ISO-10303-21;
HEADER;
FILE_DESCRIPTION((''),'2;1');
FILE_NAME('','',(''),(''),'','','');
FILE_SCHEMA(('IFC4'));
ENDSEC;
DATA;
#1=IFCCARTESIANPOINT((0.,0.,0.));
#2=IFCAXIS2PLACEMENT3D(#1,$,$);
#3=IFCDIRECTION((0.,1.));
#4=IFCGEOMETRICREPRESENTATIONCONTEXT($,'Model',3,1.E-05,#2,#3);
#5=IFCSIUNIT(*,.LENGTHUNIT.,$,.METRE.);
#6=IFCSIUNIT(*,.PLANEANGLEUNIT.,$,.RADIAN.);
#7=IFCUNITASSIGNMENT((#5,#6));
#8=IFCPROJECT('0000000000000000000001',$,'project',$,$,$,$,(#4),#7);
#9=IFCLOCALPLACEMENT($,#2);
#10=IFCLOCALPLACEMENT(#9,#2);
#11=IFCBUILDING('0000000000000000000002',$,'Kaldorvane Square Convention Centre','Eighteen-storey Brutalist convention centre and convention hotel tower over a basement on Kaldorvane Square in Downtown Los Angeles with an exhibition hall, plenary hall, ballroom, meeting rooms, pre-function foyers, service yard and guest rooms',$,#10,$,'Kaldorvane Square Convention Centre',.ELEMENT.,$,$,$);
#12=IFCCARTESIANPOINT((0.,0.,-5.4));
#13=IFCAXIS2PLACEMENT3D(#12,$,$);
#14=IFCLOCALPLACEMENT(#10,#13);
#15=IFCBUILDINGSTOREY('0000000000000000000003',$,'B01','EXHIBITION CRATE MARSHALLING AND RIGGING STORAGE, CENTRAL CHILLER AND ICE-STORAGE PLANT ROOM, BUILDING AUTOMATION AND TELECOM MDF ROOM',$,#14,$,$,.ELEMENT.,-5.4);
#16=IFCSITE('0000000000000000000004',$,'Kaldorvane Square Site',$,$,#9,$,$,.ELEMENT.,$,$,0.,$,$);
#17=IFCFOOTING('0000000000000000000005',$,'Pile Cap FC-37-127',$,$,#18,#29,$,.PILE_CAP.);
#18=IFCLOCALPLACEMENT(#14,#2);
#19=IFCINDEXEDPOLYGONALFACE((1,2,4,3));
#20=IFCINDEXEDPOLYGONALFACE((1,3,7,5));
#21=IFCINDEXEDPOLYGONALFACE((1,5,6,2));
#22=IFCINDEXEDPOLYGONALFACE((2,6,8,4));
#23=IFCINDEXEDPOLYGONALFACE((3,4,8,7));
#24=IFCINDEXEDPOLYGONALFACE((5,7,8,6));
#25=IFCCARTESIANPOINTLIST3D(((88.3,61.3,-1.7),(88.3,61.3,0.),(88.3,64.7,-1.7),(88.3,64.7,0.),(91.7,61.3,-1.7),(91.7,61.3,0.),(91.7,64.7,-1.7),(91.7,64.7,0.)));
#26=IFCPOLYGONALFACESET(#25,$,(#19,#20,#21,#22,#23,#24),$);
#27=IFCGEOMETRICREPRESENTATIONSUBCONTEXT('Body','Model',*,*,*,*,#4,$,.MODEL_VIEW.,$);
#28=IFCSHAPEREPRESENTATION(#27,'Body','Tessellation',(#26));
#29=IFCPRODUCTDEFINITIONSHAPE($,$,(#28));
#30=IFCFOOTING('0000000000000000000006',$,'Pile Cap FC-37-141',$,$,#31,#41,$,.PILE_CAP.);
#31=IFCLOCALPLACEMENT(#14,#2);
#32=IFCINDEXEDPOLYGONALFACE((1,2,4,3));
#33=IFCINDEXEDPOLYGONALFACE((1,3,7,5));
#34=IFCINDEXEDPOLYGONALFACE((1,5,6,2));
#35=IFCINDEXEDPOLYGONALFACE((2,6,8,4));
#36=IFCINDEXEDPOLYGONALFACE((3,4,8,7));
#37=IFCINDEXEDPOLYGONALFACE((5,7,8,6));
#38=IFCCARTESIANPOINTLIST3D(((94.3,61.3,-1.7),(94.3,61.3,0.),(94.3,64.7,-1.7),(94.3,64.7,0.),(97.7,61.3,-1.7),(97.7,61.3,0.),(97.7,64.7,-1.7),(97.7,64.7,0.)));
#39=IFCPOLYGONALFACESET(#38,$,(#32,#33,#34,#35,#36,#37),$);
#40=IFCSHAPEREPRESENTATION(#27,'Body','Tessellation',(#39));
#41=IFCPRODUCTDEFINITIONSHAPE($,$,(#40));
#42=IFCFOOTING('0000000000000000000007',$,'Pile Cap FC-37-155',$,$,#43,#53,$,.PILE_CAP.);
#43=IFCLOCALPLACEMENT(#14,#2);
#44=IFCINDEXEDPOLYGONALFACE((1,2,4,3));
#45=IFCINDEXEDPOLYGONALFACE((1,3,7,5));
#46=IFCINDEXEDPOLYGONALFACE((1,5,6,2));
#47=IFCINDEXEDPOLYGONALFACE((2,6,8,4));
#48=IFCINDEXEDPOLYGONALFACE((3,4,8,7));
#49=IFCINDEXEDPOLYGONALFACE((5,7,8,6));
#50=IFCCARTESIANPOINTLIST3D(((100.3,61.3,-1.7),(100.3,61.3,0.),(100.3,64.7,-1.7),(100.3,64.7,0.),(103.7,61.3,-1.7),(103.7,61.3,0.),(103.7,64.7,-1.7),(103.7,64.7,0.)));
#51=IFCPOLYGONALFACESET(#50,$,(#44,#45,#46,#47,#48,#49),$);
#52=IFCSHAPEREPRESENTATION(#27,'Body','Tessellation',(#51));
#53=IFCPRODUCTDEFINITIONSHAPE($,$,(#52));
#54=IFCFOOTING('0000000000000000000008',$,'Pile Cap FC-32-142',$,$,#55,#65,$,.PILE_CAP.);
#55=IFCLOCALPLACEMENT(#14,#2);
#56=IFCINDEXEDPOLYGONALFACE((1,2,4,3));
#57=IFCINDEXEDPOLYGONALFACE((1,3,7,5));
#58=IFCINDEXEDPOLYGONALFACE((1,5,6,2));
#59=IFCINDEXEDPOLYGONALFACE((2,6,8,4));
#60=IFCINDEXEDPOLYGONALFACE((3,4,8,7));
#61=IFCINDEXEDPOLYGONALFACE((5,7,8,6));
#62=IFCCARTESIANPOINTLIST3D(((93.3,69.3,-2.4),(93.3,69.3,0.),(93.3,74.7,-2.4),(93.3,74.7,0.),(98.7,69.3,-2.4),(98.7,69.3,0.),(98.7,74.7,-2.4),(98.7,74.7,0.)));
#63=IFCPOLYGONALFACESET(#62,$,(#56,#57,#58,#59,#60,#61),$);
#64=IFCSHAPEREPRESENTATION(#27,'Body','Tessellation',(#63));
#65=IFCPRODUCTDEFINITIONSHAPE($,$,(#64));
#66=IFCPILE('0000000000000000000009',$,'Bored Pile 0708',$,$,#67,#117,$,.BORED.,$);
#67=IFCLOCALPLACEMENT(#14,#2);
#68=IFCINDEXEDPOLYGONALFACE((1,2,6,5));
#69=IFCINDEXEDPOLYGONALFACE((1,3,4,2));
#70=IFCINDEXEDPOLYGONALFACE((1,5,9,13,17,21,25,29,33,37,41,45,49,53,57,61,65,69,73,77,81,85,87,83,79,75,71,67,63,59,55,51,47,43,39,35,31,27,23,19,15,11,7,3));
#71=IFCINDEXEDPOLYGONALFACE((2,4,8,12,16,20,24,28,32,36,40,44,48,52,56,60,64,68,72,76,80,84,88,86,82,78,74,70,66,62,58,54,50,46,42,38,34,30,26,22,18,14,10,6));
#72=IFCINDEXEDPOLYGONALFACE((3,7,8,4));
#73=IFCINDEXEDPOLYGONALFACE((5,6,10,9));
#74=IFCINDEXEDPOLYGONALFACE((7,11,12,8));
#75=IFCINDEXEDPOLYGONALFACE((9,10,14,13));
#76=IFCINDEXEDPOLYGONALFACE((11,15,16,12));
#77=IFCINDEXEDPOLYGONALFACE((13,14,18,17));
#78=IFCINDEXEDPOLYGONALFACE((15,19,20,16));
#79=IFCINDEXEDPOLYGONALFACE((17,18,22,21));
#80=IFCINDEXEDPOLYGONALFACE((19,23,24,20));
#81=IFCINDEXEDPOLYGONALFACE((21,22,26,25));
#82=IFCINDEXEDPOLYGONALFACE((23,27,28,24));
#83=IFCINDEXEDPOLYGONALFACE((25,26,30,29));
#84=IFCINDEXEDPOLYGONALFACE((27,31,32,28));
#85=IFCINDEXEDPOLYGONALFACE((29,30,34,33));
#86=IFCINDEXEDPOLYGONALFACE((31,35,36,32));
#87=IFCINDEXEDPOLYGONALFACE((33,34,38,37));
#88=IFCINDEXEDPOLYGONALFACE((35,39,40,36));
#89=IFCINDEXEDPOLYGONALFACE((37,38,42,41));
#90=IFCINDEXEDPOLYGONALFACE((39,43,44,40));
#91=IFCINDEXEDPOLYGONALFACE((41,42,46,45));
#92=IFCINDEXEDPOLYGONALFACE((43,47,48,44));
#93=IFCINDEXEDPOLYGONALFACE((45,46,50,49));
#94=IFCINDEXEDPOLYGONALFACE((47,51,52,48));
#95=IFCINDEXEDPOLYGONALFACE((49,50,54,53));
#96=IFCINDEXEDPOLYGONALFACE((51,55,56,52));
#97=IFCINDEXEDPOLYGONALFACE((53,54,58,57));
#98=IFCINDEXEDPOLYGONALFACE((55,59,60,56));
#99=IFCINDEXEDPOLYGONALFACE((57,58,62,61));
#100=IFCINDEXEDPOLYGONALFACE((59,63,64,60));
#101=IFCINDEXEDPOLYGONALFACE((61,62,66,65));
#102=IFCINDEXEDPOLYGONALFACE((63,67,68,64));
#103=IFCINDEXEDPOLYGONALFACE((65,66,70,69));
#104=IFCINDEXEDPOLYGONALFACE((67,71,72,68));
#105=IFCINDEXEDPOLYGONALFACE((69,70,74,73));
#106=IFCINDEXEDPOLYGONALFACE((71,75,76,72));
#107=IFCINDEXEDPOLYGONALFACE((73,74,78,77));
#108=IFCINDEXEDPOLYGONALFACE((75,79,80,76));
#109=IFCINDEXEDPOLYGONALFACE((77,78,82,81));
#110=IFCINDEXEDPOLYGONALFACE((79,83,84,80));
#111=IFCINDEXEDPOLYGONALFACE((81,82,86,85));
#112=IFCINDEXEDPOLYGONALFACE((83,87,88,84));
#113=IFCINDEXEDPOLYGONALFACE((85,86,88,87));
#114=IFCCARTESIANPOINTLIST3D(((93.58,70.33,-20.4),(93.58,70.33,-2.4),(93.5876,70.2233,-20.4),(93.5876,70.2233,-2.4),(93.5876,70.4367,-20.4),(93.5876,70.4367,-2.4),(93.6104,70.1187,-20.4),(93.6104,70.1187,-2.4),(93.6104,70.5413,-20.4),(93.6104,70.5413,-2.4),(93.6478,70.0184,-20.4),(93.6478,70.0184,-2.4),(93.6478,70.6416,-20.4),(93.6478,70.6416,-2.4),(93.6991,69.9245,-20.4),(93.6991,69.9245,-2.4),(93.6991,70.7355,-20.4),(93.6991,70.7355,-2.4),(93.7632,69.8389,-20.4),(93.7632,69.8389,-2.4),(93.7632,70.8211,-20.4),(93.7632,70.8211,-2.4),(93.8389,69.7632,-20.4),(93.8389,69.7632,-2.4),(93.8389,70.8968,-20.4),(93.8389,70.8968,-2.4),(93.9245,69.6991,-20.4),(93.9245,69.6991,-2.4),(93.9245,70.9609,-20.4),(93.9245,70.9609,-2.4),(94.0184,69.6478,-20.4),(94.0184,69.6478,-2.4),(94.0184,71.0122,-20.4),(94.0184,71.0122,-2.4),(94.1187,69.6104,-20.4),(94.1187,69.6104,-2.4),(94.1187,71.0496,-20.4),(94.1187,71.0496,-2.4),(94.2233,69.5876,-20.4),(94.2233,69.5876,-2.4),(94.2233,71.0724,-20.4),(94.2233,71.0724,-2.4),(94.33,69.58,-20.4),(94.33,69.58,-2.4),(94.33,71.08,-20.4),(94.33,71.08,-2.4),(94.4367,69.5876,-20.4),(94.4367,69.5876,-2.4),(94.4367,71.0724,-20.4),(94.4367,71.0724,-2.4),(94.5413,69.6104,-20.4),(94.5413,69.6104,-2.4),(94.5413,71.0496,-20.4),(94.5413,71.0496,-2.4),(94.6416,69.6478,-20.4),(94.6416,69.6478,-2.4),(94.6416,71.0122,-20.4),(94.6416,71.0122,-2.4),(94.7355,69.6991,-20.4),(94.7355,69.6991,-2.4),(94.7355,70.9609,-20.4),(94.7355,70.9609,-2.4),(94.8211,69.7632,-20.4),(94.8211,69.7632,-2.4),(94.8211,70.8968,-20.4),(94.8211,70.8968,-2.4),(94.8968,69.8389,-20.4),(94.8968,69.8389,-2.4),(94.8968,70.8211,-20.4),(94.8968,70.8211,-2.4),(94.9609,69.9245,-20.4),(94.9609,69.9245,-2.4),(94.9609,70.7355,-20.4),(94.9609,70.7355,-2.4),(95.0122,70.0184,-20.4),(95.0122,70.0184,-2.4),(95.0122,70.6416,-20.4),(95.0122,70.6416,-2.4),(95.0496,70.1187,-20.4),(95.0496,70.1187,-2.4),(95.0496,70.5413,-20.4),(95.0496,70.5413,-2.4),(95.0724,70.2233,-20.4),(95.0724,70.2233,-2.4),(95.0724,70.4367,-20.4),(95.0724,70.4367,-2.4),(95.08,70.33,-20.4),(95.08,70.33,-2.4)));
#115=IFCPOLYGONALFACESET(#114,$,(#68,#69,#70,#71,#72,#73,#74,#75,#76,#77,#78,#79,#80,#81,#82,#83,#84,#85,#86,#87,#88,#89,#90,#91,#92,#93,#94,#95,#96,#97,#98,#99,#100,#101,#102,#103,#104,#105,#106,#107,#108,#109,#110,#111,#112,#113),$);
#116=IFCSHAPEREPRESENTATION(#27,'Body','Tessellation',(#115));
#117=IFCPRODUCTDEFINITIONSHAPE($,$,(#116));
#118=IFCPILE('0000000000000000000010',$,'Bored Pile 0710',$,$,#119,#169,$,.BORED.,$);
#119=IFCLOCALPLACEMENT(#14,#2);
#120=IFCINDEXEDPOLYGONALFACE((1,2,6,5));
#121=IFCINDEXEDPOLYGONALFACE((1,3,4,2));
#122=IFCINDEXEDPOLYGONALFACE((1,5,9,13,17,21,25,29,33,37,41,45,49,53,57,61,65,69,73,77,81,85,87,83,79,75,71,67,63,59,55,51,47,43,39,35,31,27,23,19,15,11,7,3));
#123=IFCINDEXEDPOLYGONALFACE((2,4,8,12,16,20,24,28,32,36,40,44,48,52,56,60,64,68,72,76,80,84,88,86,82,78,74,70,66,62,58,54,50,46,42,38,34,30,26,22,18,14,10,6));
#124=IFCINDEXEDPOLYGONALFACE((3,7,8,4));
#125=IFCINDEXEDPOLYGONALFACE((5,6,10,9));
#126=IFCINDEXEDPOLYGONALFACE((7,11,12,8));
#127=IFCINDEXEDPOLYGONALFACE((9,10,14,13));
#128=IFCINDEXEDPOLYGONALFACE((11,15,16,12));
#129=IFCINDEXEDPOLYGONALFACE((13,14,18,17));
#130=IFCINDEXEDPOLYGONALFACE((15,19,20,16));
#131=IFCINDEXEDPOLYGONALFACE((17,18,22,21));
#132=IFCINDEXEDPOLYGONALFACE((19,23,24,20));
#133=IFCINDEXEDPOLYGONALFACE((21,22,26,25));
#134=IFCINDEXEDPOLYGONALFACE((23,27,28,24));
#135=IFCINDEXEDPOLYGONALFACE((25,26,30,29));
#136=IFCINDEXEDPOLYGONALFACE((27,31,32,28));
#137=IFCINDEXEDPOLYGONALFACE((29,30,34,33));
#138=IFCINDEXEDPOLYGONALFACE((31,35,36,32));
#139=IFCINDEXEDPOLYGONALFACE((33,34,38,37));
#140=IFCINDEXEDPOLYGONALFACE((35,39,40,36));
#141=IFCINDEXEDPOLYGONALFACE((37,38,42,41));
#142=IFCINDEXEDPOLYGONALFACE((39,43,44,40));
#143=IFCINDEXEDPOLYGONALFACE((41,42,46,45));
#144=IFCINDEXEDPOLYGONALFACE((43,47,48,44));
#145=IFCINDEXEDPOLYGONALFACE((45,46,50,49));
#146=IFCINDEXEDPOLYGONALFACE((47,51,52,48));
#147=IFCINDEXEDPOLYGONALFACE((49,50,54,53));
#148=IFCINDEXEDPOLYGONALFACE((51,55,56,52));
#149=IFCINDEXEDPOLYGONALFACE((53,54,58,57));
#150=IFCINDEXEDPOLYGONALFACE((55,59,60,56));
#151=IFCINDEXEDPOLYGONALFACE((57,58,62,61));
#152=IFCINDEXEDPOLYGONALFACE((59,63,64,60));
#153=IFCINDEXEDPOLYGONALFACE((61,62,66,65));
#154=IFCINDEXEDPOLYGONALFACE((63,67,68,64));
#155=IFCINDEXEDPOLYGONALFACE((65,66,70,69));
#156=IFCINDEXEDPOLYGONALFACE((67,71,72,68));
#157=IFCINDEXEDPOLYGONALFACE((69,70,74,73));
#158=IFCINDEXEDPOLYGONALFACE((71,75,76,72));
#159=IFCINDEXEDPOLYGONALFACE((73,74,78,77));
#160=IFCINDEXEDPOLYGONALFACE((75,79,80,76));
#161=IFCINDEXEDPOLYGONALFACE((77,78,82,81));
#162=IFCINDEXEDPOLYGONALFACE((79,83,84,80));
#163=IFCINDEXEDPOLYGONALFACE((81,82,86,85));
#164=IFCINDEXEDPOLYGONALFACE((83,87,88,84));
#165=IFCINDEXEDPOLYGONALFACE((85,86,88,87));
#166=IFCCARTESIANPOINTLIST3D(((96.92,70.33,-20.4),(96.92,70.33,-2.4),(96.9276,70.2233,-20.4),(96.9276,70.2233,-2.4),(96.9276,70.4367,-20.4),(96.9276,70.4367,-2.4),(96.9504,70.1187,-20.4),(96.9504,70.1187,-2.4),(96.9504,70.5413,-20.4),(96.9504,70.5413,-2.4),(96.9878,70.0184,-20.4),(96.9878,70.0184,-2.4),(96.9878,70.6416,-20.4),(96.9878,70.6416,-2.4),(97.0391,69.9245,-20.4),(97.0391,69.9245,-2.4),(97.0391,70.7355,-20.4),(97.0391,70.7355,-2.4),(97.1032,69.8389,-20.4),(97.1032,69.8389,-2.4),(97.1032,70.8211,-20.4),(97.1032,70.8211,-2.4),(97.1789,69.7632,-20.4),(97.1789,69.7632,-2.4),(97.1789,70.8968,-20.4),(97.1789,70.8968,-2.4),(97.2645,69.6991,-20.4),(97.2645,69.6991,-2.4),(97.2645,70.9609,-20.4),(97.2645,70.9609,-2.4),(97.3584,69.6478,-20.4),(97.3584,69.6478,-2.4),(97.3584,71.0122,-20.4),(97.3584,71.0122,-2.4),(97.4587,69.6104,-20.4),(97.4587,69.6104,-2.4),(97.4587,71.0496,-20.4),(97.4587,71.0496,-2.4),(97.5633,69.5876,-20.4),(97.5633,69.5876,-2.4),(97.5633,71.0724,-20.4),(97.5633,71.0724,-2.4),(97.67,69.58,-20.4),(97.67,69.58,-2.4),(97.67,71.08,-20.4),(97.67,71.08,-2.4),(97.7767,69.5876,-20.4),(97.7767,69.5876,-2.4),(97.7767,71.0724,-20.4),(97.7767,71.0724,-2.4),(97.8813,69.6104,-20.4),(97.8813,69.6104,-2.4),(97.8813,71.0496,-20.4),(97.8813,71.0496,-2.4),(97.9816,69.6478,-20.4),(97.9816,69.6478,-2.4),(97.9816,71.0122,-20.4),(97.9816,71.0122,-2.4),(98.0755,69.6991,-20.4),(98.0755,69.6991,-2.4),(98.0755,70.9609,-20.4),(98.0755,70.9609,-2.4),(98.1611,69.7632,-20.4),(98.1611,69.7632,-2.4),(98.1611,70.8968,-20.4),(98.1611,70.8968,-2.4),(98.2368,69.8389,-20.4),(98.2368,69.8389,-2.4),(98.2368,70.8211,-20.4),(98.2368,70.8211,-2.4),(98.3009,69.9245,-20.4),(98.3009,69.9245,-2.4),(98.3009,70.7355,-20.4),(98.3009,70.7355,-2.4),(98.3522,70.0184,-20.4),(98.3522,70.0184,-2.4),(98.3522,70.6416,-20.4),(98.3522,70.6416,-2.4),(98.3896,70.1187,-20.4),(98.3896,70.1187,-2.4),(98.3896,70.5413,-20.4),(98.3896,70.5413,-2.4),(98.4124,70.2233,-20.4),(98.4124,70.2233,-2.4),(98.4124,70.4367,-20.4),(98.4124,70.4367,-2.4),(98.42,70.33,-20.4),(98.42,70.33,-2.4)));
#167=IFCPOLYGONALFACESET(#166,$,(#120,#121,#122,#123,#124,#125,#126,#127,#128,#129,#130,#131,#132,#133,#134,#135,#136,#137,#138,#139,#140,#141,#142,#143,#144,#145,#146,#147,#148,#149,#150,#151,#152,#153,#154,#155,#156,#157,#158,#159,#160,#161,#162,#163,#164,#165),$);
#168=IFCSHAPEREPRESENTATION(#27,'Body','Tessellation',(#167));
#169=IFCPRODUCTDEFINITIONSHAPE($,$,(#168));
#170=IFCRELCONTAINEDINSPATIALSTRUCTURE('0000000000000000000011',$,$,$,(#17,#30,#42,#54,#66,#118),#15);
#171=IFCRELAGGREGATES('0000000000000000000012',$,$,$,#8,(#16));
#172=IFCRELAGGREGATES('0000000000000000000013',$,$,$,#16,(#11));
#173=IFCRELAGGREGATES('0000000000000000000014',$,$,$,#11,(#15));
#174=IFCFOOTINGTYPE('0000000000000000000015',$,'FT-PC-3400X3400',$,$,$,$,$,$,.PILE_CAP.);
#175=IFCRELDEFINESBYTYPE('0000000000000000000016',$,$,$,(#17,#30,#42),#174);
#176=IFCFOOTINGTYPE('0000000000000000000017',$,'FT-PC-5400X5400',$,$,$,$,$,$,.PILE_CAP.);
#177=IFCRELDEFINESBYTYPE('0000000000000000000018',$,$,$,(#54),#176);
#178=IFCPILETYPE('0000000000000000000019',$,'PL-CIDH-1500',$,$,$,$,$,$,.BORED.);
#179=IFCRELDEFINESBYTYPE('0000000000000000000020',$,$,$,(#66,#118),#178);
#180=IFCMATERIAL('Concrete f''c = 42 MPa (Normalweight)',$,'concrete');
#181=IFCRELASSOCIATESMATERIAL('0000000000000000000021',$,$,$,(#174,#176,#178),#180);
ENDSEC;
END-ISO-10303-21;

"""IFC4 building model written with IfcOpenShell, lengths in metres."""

from ifc_helpers import new_model, si_unit, direction, frame, origin, origin_2d, place, context, subcontext, project, spatial, rectangle, circle, extrude, material, material_profile, profile_set, type_object, element, save


model = new_model("IFC4")

# Units and contexts
model_context = context("Model", 3, precision=1e-05, world=origin(), true_north=direction((0.0, 1.0)))
body_context = subcontext(model_context, "Body", "Model", "MODEL_VIEW")
ifc_project = project(units=[si_unit("LENGTHUNIT", "METRE"), si_unit("PLANEANGLEUNIT", "RADIAN")], contexts=[model_context])

# Site, building, storey
site_placement = place(None, origin())
site = spatial("IfcSite", under=ifc_project, at=site_placement, Name="Kaldorvane Square Site", CompositionType="ELEMENT", RefElevation=0.0)
building_placement = place(site_placement, origin())
building = spatial("IfcBuilding", under=site, at=building_placement, Name="Kaldorvane Square Convention Centre", Description="Eighteen-storey Brutalist convention centre and convention hotel tower over a basement on Kaldorvane Square in Downtown Los Angeles with an exhibition hall, plenary hall, ballroom, meeting rooms, pre-function foyers, service yard and guest rooms", LongName="Kaldorvane Square Convention Centre", CompositionType="ELEMENT")
storey_placement = place(building_placement, frame((0.0, 0.0, -5.4)))
storey = spatial("IfcBuildingStorey", under=building, at=storey_placement, Name="B01", Description="EXHIBITION CRATE MARSHALLING AND RIGGING STORAGE, CENTRAL CHILLER AND ICE-STORAGE PLANT ROOM, BUILDING AUTOMATION AND TELECOM MDF ROOM", CompositionType="ELEMENT", Elevation=-5.4)

# Footings
ifc_material_1 = material(Name="Concrete f'c = 42 MPa (Normalweight)", Category="concrete")
footing_type_1 = type_object("IfcFootingType", Name="FT-PC-3400X3400", PredefinedType="PILE_CAP", material=ifc_material_1)
for number, where, z_axis, x_axis, name in (
    (1, (90.0, 63.0, -1.7), (0.0, 0.0, 1.0), (1.0, 0.0, 0.0), "Pile Cap FC-37-127"),
    (2, (96.0, 63.0, -1.7), (0.0, 0.0, 1.0), (1.0, 0.0, 0.0), "Pile Cap FC-37-141"),
    (3, (102.0, 63.0, -1.7), (0.0, 0.0, 1.0), (1.0, 0.0, 0.0), "Pile Cap FC-37-155"),
):
    element("IfcFooting", number, at=place(storey_placement, frame(where, z_axis=z_axis, x_axis=x_axis)), inside=storey, type_object=footing_type_1, Name=name, PredefinedType="PILE_CAP", context=body_context, shape_type="SweptSolid", body=[
        extrude(rectangle(XDim=3.4, YDim=3.4, at=origin_2d()), origin(), (0.0, 0.0, 1.0), 1.7),
    ])
footing_type_2 = type_object("IfcFootingType", Name="FT-PC-5400X5400", PredefinedType="PILE_CAP", material=ifc_material_1)
footing_placement = place(storey_placement, frame((96.0, 72.0, -2.4), z_axis=(0.0, 0.0, 1.0), x_axis=(1.0, 0.0, 0.0)))
element("IfcFooting", 4, at=footing_placement, inside=storey, type_object=footing_type_2, Name="Pile Cap FC-32-142", PredefinedType="PILE_CAP", context=body_context, shape_type="SweptSolid", body=[
    extrude(rectangle(XDim=5.4, YDim=5.4, at=origin_2d()), origin(), (0.0, 0.0, 1.0), 2.4),
])

# Piles
ifc_material_profile_1 = material_profile(ifc_material_1, circle(Radius=0.75, at=origin_2d()), Name="PILE-D1500")
ifc_profile_set_1 = profile_set([ifc_material_profile_1], Name="Concrete f'c = 42 MPa (Normalweight)")
pile_type_1 = type_object("IfcPileType", Name="PL-CIDH-1500", PredefinedType="BORED", material=ifc_profile_set_1)
for number, where, z_axis, x_axis, name in (
    (5, (94.33, 70.33, -2.4), (0.0, 0.0, -1.0), (1.0, 0.0, 0.0), "Bored Pile 0708"),
    (6, (97.67, 70.33, -2.4), (0.0, 0.0, -1.0), (1.0, 0.0, 0.0), "Bored Pile 0710"),
):
    element("IfcPile", number, at=place(storey_placement, frame(where, z_axis=z_axis, x_axis=x_axis)), inside=storey, type_object=pile_type_1, Name=name, PredefinedType="BORED", context=body_context, shape_type="SweptSolid", body=[
        extrude(circle(Radius=0.75, at=origin_2d()), origin(), (0.0, 0.0, 1.0), 18.0),
    ])

save(model, "model.ifc")
